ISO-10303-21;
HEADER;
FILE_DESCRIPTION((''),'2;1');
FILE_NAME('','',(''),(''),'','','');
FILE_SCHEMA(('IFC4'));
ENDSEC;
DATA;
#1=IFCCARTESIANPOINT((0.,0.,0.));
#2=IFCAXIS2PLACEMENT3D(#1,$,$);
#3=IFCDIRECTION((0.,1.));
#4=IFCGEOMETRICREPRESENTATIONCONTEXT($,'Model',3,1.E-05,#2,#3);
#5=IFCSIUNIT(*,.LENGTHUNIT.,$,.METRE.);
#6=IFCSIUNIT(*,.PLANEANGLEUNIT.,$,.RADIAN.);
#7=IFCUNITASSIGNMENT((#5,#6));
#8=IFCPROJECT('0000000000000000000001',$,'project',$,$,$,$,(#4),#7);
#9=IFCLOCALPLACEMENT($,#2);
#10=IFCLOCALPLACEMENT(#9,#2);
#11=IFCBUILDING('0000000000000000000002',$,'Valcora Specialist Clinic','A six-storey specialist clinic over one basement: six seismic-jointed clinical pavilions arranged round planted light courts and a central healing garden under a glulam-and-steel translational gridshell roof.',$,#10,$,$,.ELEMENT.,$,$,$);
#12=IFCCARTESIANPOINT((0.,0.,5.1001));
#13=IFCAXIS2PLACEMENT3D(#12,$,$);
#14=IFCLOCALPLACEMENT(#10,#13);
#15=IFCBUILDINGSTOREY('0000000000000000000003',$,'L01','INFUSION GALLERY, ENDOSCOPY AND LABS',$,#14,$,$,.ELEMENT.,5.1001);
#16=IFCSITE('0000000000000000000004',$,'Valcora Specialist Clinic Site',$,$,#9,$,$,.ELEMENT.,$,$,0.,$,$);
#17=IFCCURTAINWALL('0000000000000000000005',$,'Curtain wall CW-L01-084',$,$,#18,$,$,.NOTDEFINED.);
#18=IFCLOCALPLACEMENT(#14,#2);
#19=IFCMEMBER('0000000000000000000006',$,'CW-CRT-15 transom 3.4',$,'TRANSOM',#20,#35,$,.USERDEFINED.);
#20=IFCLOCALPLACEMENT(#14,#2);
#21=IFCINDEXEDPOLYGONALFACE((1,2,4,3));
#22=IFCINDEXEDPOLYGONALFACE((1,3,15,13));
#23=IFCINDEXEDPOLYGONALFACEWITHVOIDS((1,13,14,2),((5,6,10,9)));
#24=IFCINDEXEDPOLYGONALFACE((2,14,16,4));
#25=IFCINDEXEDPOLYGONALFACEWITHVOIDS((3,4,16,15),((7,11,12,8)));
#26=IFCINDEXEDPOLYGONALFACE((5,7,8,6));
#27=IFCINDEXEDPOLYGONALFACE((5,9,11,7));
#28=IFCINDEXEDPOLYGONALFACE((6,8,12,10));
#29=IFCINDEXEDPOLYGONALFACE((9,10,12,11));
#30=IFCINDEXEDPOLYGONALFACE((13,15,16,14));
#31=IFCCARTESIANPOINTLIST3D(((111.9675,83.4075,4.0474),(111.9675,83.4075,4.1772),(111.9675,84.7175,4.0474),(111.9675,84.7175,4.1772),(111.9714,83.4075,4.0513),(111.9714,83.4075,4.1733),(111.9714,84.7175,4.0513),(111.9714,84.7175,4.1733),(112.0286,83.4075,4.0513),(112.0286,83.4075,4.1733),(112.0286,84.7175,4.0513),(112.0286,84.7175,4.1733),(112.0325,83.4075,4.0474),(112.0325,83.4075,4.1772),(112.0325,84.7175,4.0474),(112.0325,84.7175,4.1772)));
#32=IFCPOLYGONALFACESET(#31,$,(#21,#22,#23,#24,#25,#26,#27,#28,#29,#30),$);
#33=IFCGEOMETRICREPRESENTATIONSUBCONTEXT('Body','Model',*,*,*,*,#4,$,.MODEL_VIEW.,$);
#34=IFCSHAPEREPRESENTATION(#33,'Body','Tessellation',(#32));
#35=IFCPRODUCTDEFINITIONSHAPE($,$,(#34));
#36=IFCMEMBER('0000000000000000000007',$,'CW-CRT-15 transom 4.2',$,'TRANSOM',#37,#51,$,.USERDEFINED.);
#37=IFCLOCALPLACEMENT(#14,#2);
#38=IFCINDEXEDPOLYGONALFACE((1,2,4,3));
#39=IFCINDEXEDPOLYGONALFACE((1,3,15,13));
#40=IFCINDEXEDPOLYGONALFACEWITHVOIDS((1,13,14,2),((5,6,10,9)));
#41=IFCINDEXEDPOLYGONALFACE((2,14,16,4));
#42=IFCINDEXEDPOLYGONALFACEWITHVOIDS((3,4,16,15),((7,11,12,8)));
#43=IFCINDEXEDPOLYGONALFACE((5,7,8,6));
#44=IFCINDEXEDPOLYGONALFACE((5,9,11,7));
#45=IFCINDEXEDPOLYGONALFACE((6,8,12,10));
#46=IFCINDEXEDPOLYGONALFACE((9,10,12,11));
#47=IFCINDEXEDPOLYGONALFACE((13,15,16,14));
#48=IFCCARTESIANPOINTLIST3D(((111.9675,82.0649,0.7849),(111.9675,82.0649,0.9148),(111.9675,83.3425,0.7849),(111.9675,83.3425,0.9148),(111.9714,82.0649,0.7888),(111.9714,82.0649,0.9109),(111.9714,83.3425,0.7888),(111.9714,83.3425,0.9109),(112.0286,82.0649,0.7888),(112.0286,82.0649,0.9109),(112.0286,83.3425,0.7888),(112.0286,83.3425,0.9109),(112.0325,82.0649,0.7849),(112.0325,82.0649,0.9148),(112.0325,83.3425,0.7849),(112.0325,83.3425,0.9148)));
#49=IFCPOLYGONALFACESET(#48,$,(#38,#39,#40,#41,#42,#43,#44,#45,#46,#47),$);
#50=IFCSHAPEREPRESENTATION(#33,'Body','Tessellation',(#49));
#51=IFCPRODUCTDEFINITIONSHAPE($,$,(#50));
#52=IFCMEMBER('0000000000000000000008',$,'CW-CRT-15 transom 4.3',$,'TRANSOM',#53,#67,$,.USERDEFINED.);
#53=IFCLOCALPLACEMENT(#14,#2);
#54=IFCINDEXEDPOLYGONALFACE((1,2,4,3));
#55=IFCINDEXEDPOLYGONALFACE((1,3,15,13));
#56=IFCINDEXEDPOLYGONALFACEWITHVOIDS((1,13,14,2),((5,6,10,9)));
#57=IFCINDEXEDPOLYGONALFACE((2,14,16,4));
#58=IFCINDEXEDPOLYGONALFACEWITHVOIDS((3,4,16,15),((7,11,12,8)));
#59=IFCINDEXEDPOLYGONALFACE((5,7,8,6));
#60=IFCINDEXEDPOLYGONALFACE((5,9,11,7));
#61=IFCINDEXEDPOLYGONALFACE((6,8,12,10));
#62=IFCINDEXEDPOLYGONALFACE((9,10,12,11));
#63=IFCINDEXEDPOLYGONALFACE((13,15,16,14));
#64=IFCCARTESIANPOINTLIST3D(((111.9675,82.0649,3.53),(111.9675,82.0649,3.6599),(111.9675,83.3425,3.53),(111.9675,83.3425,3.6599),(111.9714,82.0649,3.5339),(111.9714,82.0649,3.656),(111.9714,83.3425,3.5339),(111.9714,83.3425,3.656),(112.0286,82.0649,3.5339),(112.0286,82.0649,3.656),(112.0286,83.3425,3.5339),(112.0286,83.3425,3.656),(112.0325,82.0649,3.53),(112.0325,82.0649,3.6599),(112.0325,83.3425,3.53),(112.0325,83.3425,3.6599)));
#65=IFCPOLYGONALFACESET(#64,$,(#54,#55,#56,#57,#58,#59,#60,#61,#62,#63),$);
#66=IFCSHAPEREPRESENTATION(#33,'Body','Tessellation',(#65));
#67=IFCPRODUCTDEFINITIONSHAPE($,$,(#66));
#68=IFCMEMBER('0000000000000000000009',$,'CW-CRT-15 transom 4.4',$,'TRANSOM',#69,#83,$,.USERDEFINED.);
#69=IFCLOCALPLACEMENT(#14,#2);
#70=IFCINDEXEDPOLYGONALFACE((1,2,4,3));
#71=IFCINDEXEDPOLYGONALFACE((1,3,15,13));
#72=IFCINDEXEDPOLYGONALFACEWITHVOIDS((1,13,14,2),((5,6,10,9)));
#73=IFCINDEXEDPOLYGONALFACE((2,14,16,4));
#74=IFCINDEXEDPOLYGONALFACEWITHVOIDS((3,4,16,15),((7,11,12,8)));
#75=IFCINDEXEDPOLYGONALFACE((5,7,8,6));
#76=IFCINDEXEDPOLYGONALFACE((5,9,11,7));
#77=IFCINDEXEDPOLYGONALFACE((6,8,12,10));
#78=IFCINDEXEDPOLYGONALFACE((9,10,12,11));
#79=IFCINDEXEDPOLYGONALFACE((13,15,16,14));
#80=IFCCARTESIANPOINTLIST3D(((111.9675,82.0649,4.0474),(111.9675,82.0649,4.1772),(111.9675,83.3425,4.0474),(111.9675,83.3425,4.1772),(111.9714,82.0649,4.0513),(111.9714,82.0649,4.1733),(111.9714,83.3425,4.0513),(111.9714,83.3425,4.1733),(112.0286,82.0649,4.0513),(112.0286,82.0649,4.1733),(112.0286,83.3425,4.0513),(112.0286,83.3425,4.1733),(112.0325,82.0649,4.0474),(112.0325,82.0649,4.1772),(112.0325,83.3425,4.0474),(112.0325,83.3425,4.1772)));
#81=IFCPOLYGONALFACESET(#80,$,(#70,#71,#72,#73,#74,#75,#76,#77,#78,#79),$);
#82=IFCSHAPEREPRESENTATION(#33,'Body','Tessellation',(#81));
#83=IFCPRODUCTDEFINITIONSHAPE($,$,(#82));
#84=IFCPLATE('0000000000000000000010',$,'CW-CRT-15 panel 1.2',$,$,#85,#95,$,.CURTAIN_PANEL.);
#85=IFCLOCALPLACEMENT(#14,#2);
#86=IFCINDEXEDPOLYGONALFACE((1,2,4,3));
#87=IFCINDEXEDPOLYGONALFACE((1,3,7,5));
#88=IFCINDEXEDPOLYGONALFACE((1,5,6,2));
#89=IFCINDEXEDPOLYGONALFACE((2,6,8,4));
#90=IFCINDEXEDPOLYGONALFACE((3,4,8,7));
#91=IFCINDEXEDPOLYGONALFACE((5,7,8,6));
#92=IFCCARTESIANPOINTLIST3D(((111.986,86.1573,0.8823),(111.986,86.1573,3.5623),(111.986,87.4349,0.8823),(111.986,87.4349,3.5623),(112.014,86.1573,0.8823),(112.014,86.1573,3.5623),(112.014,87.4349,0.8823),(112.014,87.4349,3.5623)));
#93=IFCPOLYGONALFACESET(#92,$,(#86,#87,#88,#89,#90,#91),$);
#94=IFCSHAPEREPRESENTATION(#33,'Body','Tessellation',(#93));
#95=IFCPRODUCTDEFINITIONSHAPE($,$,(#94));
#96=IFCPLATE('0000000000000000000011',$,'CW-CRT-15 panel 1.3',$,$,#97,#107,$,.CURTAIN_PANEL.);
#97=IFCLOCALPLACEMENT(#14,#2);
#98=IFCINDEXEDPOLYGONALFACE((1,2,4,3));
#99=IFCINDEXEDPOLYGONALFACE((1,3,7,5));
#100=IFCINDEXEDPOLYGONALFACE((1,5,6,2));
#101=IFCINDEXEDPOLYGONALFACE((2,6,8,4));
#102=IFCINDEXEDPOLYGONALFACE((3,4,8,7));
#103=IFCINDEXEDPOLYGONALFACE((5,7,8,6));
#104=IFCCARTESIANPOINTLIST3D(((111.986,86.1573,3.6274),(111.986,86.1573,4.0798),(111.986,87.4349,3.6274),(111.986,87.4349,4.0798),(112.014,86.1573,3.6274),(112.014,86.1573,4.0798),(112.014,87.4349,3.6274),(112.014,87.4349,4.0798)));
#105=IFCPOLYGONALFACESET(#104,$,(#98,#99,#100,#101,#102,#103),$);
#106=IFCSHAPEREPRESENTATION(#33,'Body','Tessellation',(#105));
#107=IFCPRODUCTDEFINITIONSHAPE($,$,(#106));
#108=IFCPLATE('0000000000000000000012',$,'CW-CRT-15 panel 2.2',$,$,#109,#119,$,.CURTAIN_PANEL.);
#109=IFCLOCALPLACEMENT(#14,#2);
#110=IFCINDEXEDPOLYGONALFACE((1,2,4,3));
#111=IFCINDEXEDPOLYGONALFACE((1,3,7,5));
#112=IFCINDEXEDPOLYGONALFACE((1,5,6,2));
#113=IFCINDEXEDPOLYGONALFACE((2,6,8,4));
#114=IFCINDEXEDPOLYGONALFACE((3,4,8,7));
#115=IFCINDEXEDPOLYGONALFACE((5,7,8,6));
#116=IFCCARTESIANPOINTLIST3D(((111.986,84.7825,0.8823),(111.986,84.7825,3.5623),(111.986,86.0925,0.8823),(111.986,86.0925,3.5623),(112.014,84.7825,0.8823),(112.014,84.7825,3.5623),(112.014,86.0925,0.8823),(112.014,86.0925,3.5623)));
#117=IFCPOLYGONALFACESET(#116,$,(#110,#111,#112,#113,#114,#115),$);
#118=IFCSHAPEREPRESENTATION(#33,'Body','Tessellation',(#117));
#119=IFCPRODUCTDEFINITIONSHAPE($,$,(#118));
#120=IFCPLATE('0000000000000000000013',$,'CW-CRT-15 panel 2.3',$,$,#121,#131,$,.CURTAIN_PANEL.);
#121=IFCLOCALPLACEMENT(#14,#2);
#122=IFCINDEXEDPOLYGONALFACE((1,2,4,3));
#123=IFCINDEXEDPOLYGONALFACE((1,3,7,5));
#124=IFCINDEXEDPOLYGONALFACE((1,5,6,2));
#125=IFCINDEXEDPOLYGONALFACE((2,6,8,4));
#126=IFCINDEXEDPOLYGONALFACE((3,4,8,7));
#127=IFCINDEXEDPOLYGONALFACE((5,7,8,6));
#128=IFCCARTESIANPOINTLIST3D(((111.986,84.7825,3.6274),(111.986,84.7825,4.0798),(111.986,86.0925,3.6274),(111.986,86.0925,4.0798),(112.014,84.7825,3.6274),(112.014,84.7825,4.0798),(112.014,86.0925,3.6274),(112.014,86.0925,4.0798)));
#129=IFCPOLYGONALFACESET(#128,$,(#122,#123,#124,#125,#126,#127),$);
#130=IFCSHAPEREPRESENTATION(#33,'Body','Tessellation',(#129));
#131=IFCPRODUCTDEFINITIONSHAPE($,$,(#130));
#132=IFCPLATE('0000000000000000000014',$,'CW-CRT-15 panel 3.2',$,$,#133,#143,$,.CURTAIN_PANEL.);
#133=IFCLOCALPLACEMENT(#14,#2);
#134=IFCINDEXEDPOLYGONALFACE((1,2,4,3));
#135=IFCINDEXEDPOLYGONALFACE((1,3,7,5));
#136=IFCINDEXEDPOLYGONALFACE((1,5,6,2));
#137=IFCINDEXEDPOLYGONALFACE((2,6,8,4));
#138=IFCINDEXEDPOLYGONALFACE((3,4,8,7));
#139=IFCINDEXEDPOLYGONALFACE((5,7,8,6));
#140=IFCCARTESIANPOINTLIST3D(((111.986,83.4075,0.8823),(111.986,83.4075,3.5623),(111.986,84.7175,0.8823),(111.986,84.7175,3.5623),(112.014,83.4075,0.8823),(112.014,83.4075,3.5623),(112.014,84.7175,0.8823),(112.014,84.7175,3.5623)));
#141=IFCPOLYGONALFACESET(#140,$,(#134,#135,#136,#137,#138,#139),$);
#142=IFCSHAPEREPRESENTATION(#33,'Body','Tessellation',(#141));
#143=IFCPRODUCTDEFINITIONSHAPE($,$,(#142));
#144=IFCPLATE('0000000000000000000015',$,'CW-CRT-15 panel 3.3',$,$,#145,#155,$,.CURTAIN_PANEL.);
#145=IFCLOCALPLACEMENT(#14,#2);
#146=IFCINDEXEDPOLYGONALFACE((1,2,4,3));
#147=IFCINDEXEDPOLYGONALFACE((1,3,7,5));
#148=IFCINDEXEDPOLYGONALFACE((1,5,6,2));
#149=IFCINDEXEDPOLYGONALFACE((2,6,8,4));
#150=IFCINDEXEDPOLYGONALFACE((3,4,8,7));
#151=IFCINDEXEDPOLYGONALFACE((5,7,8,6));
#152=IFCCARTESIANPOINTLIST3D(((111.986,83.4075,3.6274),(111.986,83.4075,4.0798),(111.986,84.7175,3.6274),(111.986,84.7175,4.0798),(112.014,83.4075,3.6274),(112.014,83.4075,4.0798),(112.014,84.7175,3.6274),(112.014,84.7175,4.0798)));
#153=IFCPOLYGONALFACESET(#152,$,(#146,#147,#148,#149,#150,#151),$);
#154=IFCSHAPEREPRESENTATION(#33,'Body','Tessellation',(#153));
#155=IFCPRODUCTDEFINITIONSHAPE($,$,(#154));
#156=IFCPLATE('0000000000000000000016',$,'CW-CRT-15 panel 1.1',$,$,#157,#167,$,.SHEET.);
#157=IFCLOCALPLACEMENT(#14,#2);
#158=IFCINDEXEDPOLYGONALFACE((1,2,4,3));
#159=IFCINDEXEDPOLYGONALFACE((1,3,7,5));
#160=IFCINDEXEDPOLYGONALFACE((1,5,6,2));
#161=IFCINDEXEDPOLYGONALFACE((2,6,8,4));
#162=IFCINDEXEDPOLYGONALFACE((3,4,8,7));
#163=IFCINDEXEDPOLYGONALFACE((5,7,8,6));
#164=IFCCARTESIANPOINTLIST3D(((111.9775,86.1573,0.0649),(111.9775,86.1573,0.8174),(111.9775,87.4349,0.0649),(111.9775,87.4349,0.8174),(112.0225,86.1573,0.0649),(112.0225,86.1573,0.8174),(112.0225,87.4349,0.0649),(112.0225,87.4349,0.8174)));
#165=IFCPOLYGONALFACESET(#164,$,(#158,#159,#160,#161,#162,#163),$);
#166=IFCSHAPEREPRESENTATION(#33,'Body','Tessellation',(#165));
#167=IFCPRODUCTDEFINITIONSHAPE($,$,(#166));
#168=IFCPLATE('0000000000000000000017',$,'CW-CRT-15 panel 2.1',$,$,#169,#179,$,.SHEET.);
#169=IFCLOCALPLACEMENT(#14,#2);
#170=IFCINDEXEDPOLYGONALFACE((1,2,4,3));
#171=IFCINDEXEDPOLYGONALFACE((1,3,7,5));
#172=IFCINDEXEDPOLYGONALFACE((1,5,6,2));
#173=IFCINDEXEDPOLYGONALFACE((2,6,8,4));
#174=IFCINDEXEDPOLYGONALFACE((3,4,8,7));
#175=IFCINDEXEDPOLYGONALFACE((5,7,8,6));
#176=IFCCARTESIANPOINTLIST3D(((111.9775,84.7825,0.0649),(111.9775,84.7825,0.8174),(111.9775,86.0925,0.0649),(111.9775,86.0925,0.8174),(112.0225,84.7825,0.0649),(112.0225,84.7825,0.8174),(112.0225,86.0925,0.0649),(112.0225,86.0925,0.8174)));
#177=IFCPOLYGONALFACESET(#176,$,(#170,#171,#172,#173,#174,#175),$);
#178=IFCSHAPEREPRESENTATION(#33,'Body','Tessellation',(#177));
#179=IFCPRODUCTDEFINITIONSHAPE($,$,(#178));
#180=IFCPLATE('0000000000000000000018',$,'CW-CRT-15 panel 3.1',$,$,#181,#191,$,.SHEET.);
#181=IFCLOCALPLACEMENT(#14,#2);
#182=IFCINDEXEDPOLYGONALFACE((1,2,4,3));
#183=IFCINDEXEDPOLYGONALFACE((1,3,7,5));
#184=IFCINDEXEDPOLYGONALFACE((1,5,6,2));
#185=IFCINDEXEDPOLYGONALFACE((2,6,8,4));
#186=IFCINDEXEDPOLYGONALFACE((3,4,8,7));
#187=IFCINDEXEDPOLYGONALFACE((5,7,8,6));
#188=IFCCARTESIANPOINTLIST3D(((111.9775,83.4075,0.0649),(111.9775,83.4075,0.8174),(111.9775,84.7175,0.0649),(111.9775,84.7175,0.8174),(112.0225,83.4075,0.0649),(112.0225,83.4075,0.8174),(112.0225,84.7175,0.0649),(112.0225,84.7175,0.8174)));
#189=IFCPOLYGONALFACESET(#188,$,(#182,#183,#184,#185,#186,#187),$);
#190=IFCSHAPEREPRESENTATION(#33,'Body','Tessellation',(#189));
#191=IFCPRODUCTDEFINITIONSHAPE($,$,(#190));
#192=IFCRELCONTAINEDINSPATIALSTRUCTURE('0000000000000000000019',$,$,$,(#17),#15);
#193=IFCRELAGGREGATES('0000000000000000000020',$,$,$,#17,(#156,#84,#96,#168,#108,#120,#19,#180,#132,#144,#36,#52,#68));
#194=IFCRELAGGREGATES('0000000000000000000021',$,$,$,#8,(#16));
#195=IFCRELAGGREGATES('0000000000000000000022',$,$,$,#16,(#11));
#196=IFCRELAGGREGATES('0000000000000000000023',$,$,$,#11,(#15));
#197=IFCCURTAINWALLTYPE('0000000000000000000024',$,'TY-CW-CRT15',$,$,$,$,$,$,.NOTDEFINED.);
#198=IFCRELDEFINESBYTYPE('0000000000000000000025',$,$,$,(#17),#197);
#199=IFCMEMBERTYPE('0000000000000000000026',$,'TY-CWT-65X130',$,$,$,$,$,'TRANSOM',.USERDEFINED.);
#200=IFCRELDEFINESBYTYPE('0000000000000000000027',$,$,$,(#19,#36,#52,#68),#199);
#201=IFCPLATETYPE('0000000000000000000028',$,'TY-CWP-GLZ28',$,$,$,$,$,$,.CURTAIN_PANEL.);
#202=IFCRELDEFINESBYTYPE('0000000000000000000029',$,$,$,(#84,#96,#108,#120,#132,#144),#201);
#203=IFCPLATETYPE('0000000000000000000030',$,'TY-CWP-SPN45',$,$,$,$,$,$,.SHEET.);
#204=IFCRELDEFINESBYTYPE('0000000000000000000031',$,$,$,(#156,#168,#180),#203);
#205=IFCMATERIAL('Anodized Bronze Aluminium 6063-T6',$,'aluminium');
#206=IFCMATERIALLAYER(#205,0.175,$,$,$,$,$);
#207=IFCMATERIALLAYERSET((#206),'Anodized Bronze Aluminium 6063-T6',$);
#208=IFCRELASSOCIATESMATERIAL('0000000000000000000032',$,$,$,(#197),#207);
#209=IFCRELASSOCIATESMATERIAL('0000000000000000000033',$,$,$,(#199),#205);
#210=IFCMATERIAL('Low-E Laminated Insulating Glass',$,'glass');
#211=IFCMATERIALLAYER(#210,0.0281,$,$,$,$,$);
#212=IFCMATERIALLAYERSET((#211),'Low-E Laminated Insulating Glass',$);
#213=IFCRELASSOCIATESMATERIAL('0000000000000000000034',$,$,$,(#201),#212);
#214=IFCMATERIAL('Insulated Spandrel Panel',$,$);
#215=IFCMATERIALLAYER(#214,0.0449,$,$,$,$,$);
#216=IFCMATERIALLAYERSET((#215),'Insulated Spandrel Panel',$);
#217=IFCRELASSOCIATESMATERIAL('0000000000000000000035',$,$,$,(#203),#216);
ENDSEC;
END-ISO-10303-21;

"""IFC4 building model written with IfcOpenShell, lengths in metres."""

from ifc_helpers import new_model, si_unit, direction, frame, origin, origin_2d, place, context, subcontext, project, spatial, rectangle, hollow_rectangle, extrude, material, layer, layer_set, material_profile, profile_set, type_object, element, aggregate, save


model = new_model("IFC4")

# Units and contexts
model_context = context("Model", 3, precision=1e-05, world=origin(), true_north=direction((0.0, 1.0)))
body_context = subcontext(model_context, "Body", "Model", "MODEL_VIEW")
ifc_project = project(units=[si_unit("LENGTHUNIT", "METRE"), si_unit("PLANEANGLEUNIT", "RADIAN")], contexts=[model_context])

# Site, building, storey
site_placement = place(None, origin())
site = spatial("IfcSite", under=ifc_project, at=site_placement, Name="Valcora Specialist Clinic Site", CompositionType="ELEMENT", RefElevation=0.0)
building_placement = place(site_placement, origin())
building = spatial("IfcBuilding", under=site, at=building_placement, Name="Valcora Specialist Clinic", Description="A six-storey specialist clinic over one basement: six seismic-jointed clinical pavilions arranged round planted light courts and a central healing garden under a glulam-and-steel translational gridshell roof.", CompositionType="ELEMENT")
storey_placement = place(building_placement, frame((0.0, 0.0, 5.1001)))
storey = spatial("IfcBuildingStorey", under=building, at=storey_placement, Name="L01", Description="INFUSION GALLERY, ENDOSCOPY AND LABS", CompositionType="ELEMENT", Elevation=5.1001)

# Curtain wall, members, plates
ifc_material_1 = material(Name="Anodized Bronze Aluminium 6063-T6", Category="aluminium")
ifc_layer_1 = layer(ifc_material_1, 0.175)
ifc_layer_set_1 = layer_set([ifc_layer_1], Name="Anodized Bronze Aluminium 6063-T6")
curtain_wall_type = type_object("IfcCurtainWallType", Name="TY-CW-CRT15", PredefinedType="NOTDEFINED", material=ifc_layer_set_1)
curtain_wall_placement = place(storey_placement, origin())
curtain_wall = element("IfcCurtainWall", 1, at=curtain_wall_placement, inside=storey, type_object=curtain_wall_type, Name="Curtain wall CW-L01-084", PredefinedType="NOTDEFINED")
ifc_material_profile_1 = material_profile(ifc_material_1, hollow_rectangle(XDim=0.0649, YDim=0.1299, WallThickness=0.0039, at=origin_2d()), Name="AL-TRN-65X130")
ifc_profile_set_1 = profile_set([ifc_material_profile_1], Name="Anodized Bronze Aluminium 6063-T6")
member_type_1 = type_object("IfcMemberType", Name="TY-CWT-65X130", ElementType="TRANSOM", PredefinedType="USERDEFINED", material=ifc_profile_set_1)
member_1_placement = place(storey_placement, frame((112.0, 84.7175, 4.1123), z_axis=(0.0, -1.0, 0.0), x_axis=(1.0, 0.0, 0.0)))
member_1 = element("IfcMember", 2, at=member_1_placement, type_object=member_type_1, Name="CW-CRT-15 transom 3.4", ObjectType="TRANSOM", PredefinedType="USERDEFINED", context=body_context, shape_type="SweptSolid", body=[
    extrude(hollow_rectangle(XDim=0.0649, YDim=0.1299, WallThickness=0.0039, at=origin_2d()), origin(), (0.0, 0.0, 1.0), 1.3101),
])
member_2_placement = place(storey_placement, frame((112.0, 83.3425, 0.8499), z_axis=(0.0, -1.0, 0.0), x_axis=(1.0, 0.0, 0.0)))
member_2 = element("IfcMember", 3, at=member_2_placement, type_object=member_type_1, Name="CW-CRT-15 transom 4.2", ObjectType="TRANSOM", PredefinedType="USERDEFINED", context=body_context, shape_type="SweptSolid", body=[
    extrude(hollow_rectangle(XDim=0.0649, YDim=0.1299, WallThickness=0.0039, at=origin_2d()), origin(), (0.0, 0.0, 1.0), 1.2776),
])
member_3_placement = place(storey_placement, frame((112.0, 83.3425, 3.595), z_axis=(0.0, -1.0, 0.0), x_axis=(1.0, 0.0, 0.0)))
member_3 = element("IfcMember", 4, at=member_3_placement, type_object=member_type_1, Name="CW-CRT-15 transom 4.3", ObjectType="TRANSOM", PredefinedType="USERDEFINED", context=body_context, shape_type="SweptSolid", body=[
    extrude(hollow_rectangle(XDim=0.0649, YDim=0.1299, WallThickness=0.0039, at=origin_2d()), origin(), (0.0, 0.0, 1.0), 1.2776),
])
member_4_placement = place(storey_placement, frame((112.0, 83.3425, 4.1123), z_axis=(0.0, -1.0, 0.0), x_axis=(1.0, 0.0, 0.0)))
member_4 = element("IfcMember", 5, at=member_4_placement, type_object=member_type_1, Name="CW-CRT-15 transom 4.4", ObjectType="TRANSOM", PredefinedType="USERDEFINED", context=body_context, shape_type="SweptSolid", body=[
    extrude(hollow_rectangle(XDim=0.0649, YDim=0.1299, WallThickness=0.0039, at=origin_2d()), origin(), (0.0, 0.0, 1.0), 1.2776),
])
ifc_material_2 = material(Name="Low-E Laminated Insulating Glass", Category="glass")
ifc_layer_2 = layer(ifc_material_2, 0.0281)
ifc_layer_set_2 = layer_set([ifc_layer_2], Name="Low-E Laminated Insulating Glass")
plate_type_1 = type_object("IfcPlateType", Name="TY-CWP-GLZ28", PredefinedType="CURTAIN_PANEL", material=ifc_layer_set_2)
plate_1_placement = place(storey_placement, frame((112.0, 86.7961, 0.8823), z_axis=(0.0, 0.0, 1.0), x_axis=(0.0, -1.0, 0.0)))
plate_1 = element("IfcPlate", 6, at=plate_1_placement, type_object=plate_type_1, Name="CW-CRT-15 panel 1.2", PredefinedType="CURTAIN_PANEL", context=body_context, shape_type="SweptSolid", body=[
    extrude(rectangle(XDim=1.2776, YDim=0.0281, at=origin_2d()), origin(), (0.0, 0.0, 1.0), 2.6799),
])
plate_2_placement = place(storey_placement, frame((112.0, 86.7961, 3.6274), z_axis=(0.0, 0.0, 1.0), x_axis=(0.0, -1.0, 0.0)))
plate_2 = element("IfcPlate", 7, at=plate_2_placement, type_object=plate_type_1, Name="CW-CRT-15 panel 1.3", PredefinedType="CURTAIN_PANEL", context=body_context, shape_type="SweptSolid", body=[
    extrude(rectangle(XDim=1.2776, YDim=0.0281, at=origin_2d()), origin(), (0.0, 0.0, 1.0), 0.4524),
])
plate_3_placement = place(storey_placement, frame((112.0, 85.4375, 0.8823), z_axis=(0.0, 0.0, 1.0), x_axis=(0.0, -1.0, 0.0)))
plate_3 = element("IfcPlate", 8, at=plate_3_placement, type_object=plate_type_1, Name="CW-CRT-15 panel 2.2", PredefinedType="CURTAIN_PANEL", context=body_context, shape_type="SweptSolid", body=[
    extrude(rectangle(XDim=1.3101, YDim=0.0281, at=origin_2d()), origin(), (0.0, 0.0, 1.0), 2.6799),
])
plate_4_placement = place(storey_placement, frame((112.0, 85.4375, 3.6274), z_axis=(0.0, 0.0, 1.0), x_axis=(0.0, -1.0, 0.0)))
plate_4 = element("IfcPlate", 9, at=plate_4_placement, type_object=plate_type_1, Name="CW-CRT-15 panel 2.3", PredefinedType="CURTAIN_PANEL", context=body_context, shape_type="SweptSolid", body=[
    extrude(rectangle(XDim=1.3101, YDim=0.0281, at=origin_2d()), origin(), (0.0, 0.0, 1.0), 0.4524),
])
plate_5_placement = place(storey_placement, frame((112.0, 84.0625, 0.8823), z_axis=(0.0, 0.0, 1.0), x_axis=(0.0, -1.0, 0.0)))
plate_5 = element("IfcPlate", 10, at=plate_5_placement, type_object=plate_type_1, Name="CW-CRT-15 panel 3.2", PredefinedType="CURTAIN_PANEL", context=body_context, shape_type="SweptSolid", body=[
    extrude(rectangle(XDim=1.3101, YDim=0.0281, at=origin_2d()), origin(), (0.0, 0.0, 1.0), 2.6799),
])
plate_6_placement = place(storey_placement, frame((112.0, 84.0625, 3.6274), z_axis=(0.0, 0.0, 1.0), x_axis=(0.0, -1.0, 0.0)))
plate_6 = element("IfcPlate", 11, at=plate_6_placement, type_object=plate_type_1, Name="CW-CRT-15 panel 3.3", PredefinedType="CURTAIN_PANEL", context=body_context, shape_type="SweptSolid", body=[
    extrude(rectangle(XDim=1.3101, YDim=0.0281, at=origin_2d()), origin(), (0.0, 0.0, 1.0), 0.4524),
])
ifc_material_3 = material(Name="Insulated Spandrel Panel")
ifc_layer_3 = layer(ifc_material_3, 0.0449)
ifc_layer_set_3 = layer_set([ifc_layer_3], Name="Insulated Spandrel Panel")
plate_type_2 = type_object("IfcPlateType", Name="TY-CWP-SPN45", PredefinedType="SHEET", material=ifc_layer_set_3)
plate_7_placement = place(storey_placement, frame((112.0, 86.7961, 0.0649), z_axis=(0.0, 0.0, 1.0), x_axis=(0.0, -1.0, 0.0)))
plate_7 = element("IfcPlate", 12, at=plate_7_placement, type_object=plate_type_2, Name="CW-CRT-15 panel 1.1", PredefinedType="SHEET", context=body_context, shape_type="SweptSolid", body=[
    extrude(rectangle(XDim=1.2776, YDim=0.0449, at=origin_2d()), origin(), (0.0, 0.0, 1.0), 0.7524),
])
plate_8_placement = place(storey_placement, frame((112.0, 85.4375, 0.0649), z_axis=(0.0, 0.0, 1.0), x_axis=(0.0, -1.0, 0.0)))
plate_8 = element("IfcPlate", 13, at=plate_8_placement, type_object=plate_type_2, Name="CW-CRT-15 panel 2.1", PredefinedType="SHEET", context=body_context, shape_type="SweptSolid", body=[
    extrude(rectangle(XDim=1.3101, YDim=0.0449, at=origin_2d()), origin(), (0.0, 0.0, 1.0), 0.7524),
])
plate_9_placement = place(storey_placement, frame((112.0, 84.0625, 0.0649), z_axis=(0.0, 0.0, 1.0), x_axis=(0.0, -1.0, 0.0)))
plate_9 = element("IfcPlate", 14, at=plate_9_placement, type_object=plate_type_2, Name="CW-CRT-15 panel 3.1", PredefinedType="SHEET", context=body_context, shape_type="SweptSolid", body=[
    extrude(rectangle(XDim=1.3101, YDim=0.0449, at=origin_2d()), origin(), (0.0, 0.0, 1.0), 0.7524),
])
aggregate(curtain_wall, [plate_7, plate_1, plate_2, plate_8, plate_3, plate_4, member_1, plate_9, plate_5, plate_6, member_2, member_3, member_4])

save(model, "model.ifc")
